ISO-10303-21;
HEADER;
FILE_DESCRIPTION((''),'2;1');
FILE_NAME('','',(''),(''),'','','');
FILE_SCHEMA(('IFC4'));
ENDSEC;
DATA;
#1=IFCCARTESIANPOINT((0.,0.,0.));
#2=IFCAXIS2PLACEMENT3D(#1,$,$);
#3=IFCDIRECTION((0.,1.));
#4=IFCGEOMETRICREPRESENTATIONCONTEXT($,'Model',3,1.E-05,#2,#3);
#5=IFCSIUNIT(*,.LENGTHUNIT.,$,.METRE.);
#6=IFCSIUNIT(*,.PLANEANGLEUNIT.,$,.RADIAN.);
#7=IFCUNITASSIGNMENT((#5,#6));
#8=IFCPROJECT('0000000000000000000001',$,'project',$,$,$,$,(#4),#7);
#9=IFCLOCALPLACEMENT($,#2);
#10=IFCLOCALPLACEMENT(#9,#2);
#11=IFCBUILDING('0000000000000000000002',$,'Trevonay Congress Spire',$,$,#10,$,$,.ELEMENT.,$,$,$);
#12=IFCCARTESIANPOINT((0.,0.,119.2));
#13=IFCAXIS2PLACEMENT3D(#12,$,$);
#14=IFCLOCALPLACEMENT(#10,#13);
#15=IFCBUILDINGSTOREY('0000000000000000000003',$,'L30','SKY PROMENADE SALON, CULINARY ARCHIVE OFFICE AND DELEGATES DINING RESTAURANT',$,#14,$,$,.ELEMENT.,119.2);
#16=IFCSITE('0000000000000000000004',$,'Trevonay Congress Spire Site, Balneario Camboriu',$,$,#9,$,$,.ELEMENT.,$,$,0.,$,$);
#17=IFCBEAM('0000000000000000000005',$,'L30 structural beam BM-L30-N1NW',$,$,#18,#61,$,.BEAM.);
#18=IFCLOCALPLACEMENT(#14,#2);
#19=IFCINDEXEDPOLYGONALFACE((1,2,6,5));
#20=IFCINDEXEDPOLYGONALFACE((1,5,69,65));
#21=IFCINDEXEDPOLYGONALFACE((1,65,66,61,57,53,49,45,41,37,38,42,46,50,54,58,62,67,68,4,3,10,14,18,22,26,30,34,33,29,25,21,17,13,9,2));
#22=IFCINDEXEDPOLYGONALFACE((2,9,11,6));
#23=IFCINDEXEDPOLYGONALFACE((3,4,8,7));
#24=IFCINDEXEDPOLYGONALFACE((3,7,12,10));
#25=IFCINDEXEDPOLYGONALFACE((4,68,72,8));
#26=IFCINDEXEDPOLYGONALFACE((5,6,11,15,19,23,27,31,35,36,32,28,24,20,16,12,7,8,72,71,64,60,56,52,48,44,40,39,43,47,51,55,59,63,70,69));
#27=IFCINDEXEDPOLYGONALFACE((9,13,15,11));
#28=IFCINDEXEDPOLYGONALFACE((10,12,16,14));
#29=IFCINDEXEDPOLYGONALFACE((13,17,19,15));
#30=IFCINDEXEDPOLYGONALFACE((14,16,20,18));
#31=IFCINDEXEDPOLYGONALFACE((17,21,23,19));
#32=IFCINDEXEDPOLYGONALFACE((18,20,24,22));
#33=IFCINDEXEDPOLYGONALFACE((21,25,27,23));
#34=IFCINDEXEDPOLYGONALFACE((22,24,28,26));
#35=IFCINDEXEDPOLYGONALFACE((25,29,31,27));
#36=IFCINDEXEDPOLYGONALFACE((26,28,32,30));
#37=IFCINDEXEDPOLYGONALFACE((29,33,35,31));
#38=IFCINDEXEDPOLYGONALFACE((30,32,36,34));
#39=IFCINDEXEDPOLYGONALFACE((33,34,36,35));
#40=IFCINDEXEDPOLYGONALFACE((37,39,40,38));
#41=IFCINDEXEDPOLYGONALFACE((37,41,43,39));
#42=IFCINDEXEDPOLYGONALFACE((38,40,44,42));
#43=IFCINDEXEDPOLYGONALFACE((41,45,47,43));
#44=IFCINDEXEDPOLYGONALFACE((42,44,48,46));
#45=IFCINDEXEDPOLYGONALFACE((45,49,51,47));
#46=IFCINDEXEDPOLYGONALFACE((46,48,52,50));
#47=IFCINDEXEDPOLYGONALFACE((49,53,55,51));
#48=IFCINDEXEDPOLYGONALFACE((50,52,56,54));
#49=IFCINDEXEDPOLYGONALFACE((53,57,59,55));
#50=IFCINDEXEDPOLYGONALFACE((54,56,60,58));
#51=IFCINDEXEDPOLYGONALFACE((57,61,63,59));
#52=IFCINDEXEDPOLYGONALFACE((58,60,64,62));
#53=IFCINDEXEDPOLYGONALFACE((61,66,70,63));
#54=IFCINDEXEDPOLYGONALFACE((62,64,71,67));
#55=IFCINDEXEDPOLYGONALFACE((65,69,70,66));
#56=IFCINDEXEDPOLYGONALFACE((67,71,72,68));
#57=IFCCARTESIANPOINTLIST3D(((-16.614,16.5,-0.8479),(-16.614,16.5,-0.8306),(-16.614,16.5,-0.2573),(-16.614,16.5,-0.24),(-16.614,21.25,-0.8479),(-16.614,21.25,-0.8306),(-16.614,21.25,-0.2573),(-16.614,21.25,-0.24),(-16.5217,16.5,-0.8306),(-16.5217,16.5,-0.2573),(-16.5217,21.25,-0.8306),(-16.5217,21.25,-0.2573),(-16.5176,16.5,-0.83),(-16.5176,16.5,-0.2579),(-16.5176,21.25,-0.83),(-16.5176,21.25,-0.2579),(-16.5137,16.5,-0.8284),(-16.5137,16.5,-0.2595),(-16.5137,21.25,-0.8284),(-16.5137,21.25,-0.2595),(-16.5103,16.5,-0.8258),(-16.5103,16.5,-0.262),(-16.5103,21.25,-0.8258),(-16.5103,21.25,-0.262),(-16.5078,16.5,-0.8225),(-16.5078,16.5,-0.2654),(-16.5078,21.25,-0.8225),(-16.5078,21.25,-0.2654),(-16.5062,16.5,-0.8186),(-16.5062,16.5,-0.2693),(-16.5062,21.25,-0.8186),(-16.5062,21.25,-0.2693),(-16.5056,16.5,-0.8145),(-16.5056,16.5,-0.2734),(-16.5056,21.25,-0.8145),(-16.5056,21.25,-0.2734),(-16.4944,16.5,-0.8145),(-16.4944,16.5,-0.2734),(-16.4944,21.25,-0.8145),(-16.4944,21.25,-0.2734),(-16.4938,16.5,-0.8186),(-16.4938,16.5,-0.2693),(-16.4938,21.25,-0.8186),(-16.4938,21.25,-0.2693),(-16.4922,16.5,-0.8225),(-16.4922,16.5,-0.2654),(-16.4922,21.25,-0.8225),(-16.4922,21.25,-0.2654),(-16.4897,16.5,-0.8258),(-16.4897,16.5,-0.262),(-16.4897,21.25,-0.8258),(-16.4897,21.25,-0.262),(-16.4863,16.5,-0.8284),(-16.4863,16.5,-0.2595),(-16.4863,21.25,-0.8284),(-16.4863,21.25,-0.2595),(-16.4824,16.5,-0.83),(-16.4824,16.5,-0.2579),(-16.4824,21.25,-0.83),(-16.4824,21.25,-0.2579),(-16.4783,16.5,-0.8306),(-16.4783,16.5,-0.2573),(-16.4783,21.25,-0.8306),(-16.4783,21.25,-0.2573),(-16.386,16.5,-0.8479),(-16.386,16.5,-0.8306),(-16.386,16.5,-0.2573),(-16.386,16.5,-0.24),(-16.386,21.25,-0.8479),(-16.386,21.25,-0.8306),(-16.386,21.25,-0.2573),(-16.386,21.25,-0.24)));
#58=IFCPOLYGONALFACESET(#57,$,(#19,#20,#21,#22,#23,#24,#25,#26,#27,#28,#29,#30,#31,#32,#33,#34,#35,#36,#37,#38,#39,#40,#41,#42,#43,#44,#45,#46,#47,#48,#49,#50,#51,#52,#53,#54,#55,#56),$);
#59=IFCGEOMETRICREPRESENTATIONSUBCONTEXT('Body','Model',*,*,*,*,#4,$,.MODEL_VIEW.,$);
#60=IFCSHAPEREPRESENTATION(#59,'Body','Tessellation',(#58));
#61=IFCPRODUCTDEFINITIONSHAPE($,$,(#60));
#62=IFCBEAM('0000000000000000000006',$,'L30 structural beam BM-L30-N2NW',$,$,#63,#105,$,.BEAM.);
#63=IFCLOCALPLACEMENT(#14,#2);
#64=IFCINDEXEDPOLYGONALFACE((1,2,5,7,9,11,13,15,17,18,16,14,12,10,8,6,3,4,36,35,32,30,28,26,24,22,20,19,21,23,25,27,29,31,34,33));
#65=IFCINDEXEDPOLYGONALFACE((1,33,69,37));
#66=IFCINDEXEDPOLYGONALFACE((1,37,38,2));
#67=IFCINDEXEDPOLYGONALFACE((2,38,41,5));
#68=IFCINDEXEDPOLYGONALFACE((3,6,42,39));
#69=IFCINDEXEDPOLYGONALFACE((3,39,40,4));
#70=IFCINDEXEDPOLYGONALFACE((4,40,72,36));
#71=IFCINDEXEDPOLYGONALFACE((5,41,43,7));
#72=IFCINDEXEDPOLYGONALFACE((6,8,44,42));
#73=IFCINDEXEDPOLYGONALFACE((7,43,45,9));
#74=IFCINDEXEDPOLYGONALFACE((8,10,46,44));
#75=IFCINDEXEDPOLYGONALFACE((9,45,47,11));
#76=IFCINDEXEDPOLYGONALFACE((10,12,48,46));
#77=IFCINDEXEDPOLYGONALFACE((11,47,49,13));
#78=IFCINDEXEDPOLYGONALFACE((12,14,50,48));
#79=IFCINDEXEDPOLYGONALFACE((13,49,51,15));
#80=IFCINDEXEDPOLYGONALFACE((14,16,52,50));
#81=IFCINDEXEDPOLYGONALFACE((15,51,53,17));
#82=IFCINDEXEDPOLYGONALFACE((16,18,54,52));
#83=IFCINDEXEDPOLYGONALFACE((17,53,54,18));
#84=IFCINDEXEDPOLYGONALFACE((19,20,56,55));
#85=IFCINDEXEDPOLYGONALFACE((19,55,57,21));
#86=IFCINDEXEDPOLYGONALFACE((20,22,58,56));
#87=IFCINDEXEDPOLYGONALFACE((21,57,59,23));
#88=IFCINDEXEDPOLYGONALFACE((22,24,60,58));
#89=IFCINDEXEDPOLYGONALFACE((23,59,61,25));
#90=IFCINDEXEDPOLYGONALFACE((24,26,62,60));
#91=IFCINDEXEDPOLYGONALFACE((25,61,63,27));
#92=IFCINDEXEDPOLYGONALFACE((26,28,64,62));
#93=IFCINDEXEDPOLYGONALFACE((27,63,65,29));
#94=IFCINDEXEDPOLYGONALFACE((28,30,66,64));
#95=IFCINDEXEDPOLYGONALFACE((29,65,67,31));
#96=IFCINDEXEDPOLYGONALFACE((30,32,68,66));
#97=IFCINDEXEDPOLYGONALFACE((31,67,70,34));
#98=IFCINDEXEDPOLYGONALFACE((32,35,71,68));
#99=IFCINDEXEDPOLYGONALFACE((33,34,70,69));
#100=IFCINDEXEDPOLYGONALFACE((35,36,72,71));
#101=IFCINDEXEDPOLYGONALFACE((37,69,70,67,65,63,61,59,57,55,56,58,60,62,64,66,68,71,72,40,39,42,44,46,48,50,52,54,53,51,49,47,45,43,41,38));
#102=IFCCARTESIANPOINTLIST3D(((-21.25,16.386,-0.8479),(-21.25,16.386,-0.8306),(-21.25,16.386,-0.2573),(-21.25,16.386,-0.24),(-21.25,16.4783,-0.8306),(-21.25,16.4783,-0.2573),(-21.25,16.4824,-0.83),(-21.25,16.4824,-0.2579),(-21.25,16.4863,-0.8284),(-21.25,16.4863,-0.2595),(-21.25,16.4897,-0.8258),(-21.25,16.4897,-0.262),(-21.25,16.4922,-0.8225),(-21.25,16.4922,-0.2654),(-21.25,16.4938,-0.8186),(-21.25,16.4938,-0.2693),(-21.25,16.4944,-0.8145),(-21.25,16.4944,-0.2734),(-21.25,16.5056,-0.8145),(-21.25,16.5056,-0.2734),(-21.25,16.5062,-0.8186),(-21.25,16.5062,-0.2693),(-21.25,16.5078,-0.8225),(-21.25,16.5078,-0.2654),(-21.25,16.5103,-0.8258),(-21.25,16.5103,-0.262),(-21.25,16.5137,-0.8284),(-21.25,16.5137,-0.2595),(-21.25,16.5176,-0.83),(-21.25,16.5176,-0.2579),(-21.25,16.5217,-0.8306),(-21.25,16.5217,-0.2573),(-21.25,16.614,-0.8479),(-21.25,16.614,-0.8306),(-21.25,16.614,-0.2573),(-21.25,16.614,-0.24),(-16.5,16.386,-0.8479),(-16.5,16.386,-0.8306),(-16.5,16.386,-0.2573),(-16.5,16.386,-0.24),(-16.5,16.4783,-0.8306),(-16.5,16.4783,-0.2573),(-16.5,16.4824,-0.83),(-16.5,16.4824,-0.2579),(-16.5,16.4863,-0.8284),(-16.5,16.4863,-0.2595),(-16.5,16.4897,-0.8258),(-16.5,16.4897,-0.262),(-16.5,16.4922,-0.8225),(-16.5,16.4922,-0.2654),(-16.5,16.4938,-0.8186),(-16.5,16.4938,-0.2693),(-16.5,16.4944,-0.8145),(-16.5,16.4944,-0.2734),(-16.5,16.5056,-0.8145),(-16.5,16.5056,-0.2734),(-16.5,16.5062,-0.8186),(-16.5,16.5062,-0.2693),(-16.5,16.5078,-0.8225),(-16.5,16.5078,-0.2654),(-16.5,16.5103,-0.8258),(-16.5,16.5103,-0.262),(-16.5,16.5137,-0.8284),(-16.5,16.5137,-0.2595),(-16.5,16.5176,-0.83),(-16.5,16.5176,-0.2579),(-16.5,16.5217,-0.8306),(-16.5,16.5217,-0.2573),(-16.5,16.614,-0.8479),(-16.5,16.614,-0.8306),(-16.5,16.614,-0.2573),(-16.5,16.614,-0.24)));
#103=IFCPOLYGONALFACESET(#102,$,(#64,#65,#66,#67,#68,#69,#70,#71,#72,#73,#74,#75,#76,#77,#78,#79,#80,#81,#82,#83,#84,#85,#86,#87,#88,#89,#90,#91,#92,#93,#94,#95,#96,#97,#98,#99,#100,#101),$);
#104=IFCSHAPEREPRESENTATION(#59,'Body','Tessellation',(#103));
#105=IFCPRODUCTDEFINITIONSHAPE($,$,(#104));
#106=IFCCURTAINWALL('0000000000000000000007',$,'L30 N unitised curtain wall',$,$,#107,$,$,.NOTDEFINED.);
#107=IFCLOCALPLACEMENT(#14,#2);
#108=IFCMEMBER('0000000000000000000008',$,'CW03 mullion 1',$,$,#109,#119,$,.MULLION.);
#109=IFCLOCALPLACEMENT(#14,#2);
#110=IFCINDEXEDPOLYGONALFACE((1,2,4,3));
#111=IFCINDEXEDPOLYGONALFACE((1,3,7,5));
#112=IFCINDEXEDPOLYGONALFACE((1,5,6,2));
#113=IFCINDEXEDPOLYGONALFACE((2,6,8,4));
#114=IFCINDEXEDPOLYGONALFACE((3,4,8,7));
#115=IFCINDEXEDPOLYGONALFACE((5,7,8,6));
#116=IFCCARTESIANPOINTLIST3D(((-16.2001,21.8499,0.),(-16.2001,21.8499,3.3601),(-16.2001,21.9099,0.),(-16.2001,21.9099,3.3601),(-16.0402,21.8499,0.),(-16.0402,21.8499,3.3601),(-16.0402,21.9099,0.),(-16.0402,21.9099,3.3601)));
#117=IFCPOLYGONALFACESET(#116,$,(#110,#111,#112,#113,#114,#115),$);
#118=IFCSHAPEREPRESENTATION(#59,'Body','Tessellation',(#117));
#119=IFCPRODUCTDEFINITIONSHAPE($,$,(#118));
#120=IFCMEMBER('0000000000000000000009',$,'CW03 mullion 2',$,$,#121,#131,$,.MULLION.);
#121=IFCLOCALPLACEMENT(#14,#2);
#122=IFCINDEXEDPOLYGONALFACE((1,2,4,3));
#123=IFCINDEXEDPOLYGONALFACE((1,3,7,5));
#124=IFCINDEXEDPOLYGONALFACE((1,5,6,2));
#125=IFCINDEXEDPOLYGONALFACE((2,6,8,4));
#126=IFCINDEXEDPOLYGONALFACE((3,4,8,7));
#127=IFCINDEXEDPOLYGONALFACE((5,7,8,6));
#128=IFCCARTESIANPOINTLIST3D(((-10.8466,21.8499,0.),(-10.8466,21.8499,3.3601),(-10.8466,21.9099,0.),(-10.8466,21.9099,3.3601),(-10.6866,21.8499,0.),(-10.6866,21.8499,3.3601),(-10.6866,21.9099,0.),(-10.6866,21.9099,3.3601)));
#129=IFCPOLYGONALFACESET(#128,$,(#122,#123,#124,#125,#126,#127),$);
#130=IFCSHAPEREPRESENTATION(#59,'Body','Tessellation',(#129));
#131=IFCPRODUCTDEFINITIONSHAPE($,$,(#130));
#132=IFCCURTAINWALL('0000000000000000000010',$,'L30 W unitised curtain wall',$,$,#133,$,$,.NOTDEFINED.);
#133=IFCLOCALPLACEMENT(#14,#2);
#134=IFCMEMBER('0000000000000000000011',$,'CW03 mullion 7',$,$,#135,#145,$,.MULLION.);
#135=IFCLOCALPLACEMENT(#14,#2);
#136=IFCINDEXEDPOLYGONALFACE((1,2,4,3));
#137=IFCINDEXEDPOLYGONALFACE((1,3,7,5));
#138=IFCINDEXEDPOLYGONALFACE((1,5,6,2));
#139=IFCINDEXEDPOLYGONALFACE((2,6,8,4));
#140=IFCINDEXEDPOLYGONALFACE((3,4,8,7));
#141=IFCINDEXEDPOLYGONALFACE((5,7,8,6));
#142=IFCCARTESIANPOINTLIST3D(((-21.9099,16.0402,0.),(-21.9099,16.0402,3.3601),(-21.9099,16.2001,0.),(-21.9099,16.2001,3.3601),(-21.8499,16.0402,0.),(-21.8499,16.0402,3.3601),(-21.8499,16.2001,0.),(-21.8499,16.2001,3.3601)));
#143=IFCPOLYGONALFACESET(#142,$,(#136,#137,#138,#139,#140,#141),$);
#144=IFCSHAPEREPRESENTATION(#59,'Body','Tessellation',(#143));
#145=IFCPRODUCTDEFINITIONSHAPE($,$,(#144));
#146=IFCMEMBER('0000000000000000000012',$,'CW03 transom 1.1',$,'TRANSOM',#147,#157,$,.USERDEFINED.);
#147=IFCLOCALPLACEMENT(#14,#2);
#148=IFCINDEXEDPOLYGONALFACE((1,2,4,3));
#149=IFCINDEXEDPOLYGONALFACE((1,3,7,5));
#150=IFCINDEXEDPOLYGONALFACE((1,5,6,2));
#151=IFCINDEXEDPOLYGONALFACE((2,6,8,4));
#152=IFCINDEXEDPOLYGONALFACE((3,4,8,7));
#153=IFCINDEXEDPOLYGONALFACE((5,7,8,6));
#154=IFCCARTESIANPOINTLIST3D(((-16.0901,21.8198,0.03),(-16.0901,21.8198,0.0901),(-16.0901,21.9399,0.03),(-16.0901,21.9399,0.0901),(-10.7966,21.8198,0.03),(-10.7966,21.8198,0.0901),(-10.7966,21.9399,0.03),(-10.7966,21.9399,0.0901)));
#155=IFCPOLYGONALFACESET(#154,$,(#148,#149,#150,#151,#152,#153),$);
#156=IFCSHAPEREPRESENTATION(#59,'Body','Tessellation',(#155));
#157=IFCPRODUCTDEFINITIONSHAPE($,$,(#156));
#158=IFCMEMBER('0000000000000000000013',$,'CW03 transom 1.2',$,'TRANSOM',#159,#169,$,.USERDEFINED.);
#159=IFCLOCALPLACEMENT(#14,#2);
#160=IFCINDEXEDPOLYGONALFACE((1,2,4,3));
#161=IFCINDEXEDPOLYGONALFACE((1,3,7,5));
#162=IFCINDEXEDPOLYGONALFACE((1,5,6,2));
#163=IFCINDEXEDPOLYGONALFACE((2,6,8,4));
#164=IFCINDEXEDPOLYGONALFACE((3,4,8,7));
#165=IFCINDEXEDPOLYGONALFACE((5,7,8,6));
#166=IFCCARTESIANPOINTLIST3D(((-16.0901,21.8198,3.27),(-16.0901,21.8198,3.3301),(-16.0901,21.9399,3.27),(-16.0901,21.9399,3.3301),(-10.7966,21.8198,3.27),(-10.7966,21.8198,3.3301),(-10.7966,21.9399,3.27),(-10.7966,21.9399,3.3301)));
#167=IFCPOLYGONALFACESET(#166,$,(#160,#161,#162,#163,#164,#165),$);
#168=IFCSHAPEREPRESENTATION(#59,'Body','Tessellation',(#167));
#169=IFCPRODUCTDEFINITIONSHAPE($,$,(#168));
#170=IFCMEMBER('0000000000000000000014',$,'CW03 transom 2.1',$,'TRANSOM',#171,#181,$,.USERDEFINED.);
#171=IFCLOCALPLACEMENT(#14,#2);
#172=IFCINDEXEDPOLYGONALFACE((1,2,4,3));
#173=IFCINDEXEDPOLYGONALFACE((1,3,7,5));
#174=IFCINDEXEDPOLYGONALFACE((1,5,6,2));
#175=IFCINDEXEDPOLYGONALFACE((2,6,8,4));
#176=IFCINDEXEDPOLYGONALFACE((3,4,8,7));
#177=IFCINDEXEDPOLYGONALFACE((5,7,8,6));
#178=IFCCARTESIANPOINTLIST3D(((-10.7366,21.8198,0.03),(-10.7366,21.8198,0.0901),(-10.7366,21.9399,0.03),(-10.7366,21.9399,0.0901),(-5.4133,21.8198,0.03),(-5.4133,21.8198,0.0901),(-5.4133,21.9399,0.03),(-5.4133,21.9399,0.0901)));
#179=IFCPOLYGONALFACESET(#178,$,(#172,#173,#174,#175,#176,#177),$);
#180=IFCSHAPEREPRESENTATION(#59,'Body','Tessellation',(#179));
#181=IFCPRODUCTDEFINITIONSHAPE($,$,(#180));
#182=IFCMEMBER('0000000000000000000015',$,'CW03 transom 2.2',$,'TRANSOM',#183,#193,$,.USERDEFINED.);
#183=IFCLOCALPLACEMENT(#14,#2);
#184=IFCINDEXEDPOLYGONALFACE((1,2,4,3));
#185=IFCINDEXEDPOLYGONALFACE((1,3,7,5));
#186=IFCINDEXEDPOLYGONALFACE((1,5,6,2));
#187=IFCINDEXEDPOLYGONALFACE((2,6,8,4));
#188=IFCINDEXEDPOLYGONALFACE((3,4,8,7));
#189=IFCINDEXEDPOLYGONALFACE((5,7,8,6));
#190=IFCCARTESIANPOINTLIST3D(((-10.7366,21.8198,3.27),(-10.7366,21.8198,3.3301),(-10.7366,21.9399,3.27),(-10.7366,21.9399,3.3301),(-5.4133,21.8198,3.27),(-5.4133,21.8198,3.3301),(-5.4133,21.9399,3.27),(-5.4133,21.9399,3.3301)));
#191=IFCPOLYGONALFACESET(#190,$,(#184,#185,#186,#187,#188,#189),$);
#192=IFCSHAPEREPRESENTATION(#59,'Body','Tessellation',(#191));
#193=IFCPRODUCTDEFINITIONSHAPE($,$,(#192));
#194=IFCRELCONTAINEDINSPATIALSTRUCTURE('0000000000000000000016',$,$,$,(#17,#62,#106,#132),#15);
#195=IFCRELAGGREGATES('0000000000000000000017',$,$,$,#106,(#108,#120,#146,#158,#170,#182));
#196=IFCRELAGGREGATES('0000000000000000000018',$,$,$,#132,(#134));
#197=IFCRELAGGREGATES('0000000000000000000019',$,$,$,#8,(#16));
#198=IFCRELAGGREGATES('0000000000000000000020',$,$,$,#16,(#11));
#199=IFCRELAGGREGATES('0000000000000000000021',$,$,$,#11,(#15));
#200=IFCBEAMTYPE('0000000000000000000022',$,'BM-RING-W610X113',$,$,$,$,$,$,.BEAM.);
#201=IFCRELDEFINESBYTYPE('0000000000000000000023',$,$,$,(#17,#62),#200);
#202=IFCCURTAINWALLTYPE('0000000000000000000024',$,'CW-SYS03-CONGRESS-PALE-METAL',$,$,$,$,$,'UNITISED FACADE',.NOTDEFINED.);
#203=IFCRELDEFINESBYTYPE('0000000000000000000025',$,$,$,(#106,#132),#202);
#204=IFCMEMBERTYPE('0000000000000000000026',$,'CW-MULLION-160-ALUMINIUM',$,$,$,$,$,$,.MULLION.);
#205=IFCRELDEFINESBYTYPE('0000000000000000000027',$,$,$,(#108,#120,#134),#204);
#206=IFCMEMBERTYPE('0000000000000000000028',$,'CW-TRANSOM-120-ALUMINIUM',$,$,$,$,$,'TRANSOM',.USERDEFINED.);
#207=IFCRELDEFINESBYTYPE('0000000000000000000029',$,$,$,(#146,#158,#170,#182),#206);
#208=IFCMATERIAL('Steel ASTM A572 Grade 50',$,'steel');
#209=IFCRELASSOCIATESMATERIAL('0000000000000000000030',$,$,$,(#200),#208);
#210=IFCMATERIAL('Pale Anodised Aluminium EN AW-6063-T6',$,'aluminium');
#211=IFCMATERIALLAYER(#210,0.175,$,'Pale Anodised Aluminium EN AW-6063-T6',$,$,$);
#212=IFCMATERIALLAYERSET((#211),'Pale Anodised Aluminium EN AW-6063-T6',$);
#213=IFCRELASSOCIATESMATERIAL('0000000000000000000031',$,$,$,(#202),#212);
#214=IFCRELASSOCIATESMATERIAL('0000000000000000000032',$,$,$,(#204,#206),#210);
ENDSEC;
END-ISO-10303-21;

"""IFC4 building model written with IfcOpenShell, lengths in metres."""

from ifc_helpers import new_model, si_unit, direction, frame, origin, origin_2d, place, context, subcontext, project, spatial, rectangle, i_section, extrude, material, layer, layer_set, material_profile, profile_set, type_object, element, aggregate, save


model = new_model("IFC4")

# Units and contexts
model_context = context("Model", 3, precision=1e-05, world=origin(), true_north=direction((0.0, 1.0)))
body_context = subcontext(model_context, "Body", "Model", "MODEL_VIEW")
ifc_project = project(units=[si_unit("LENGTHUNIT", "METRE"), si_unit("PLANEANGLEUNIT", "RADIAN")], contexts=[model_context])

# Site, building, storey
site_placement = place(None, origin())
site = spatial("IfcSite", under=ifc_project, at=site_placement, Name="Trevonay Congress Spire Site, Balneario Camboriu", CompositionType="ELEMENT", RefElevation=0.0)
building_placement = place(site_placement, origin())
building = spatial("IfcBuilding", under=site, at=building_placement, Name="Trevonay Congress Spire", CompositionType="ELEMENT")
storey_placement = place(building_placement, frame((0.0, 0.0, 119.2)))
storey = spatial("IfcBuildingStorey", under=building, at=storey_placement, Name="L30", Description="SKY PROMENADE SALON, CULINARY ARCHIVE OFFICE AND DELEGATES DINING RESTAURANT", CompositionType="ELEMENT", Elevation=119.2)

# Shared definitions
ifc_material_1 = material(Name="Steel ASTM A572 Grade 50", Category="steel")

# Beams
ifc_material_profile_1 = material_profile(ifc_material_1, i_section(OverallWidth=0.228, OverallDepth=0.6079, WebThickness=0.0112, FlangeThickness=0.0173, FilletRadius=0.0161, at=origin_2d()), Name="W610x113")
ifc_profile_set_1 = profile_set([ifc_material_profile_1], Name="Steel ASTM A572 Grade 50")
beam_type = type_object("IfcBeamType", Name="BM-RING-W610X113", PredefinedType="BEAM", material=ifc_profile_set_1)
for number, where, z_axis, x_axis, name in (
    (1, (-16.5, 21.25, -0.5439), (0.0, -1.0, 0.0), (1.0, 0.0, 0.0), "L30 structural beam BM-L30-N1NW"),
    (2, (-21.25, 16.5, -0.5439), (1.0, 0.0, 0.0), (0.0, 1.0, 0.0), "L30 structural beam BM-L30-N2NW"),
):
    element("IfcBeam", number, at=place(storey_placement, frame(where, z_axis=z_axis, x_axis=x_axis)), inside=storey, type_object=beam_type, Name=name, PredefinedType="BEAM", context=body_context, shape_type="SweptSolid", body=[
        extrude(i_section(OverallWidth=0.228, OverallDepth=0.6079, WebThickness=0.0112, FlangeThickness=0.0173, FilletRadius=0.0161, at=origin_2d()), origin(), (0.0, 0.0, 1.0), 4.75),
    ])

# Curtain wall, members
ifc_material_2 = material(Name="Pale Anodised Aluminium EN AW-6063-T6", Category="aluminium")
ifc_layer_1 = layer(ifc_material_2, 0.175, Name="Pale Anodised Aluminium EN AW-6063-T6")
ifc_layer_set_1 = layer_set([ifc_layer_1], Name="Pale Anodised Aluminium EN AW-6063-T6")
curtain_wall_type = type_object("IfcCurtainWallType", Name="CW-SYS03-CONGRESS-PALE-METAL", ElementType="UNITISED FACADE", PredefinedType="NOTDEFINED", material=ifc_layer_set_1)
curtain_wall_1_placement = place(storey_placement, origin())
curtain_wall_1 = element("IfcCurtainWall", 3, at=curtain_wall_1_placement, inside=storey, type_object=curtain_wall_type, Name="L30 N unitised curtain wall", PredefinedType="NOTDEFINED")
ifc_material_profile_2 = material_profile(ifc_material_2, rectangle(XDim=0.0601, YDim=0.1599, at=origin_2d()), Name="CW-MULLION-160-ALUMINIUM")
ifc_profile_set_2 = profile_set([ifc_material_profile_2], Name="Pale Anodised Aluminium EN AW-6063-T6")
member_type_1 = type_object("IfcMemberType", Name="CW-MULLION-160-ALUMINIUM", PredefinedType="MULLION", material=ifc_profile_set_2)
member_1_placement = place(storey_placement, frame((-16.1201, 21.8799, 0.0), z_axis=(0.0, 0.0, 1.0), x_axis=(0.0, 1.0, 0.0)))
member_1 = element("IfcMember", 4, at=member_1_placement, type_object=member_type_1, Name="CW03 mullion 1", PredefinedType="MULLION", context=body_context, shape_type="SweptSolid", body=[
    extrude(rectangle(XDim=0.0601, YDim=0.1599, at=origin_2d()), origin(), (0.0, 0.0, 1.0), 3.3601),
])
member_2_placement = place(storey_placement, frame((-10.7666, 21.8799, 0.0), z_axis=(0.0, 0.0, 1.0), x_axis=(0.0, 1.0, 0.0)))
member_2 = element("IfcMember", 5, at=member_2_placement, type_object=member_type_1, Name="CW03 mullion 2", PredefinedType="MULLION", context=body_context, shape_type="SweptSolid", body=[
    extrude(rectangle(XDim=0.0601, YDim=0.1599, at=origin_2d()), origin(), (0.0, 0.0, 1.0), 3.3601),
])

# Curtain wall, member
curtain_wall_2_placement = place(storey_placement, origin())
curtain_wall_2 = element("IfcCurtainWall", 6, at=curtain_wall_2_placement, inside=storey, type_object=curtain_wall_type, Name="L30 W unitised curtain wall", PredefinedType="NOTDEFINED")
member_3_placement = place(storey_placement, frame((-21.8799, 16.1201, 0.0), z_axis=(0.0, 0.0, 1.0), x_axis=(-1.0, 0.0, 0.0)))
member_3 = element("IfcMember", 7, at=member_3_placement, type_object=member_type_1, Name="CW03 mullion 7", PredefinedType="MULLION", context=body_context, shape_type="SweptSolid", body=[
    extrude(rectangle(XDim=0.0601, YDim=0.1599, at=origin_2d()), origin(), (0.0, 0.0, 1.0), 3.3601),
])

# Members
ifc_material_profile_3 = material_profile(ifc_material_2, rectangle(XDim=0.1201, YDim=0.0601, at=origin_2d()), Name="CW-TRANSOM-120-ALUMINIUM")
ifc_profile_set_3 = profile_set([ifc_material_profile_3], Name="Pale Anodised Aluminium EN AW-6063-T6")
member_type_2 = type_object("IfcMemberType", Name="CW-TRANSOM-120-ALUMINIUM", ElementType="TRANSOM", PredefinedType="USERDEFINED", material=ifc_profile_set_3)
member_4_placement = place(storey_placement, frame((-16.0901, 21.8799, 0.0601), z_axis=(1.0, 0.0, 0.0), x_axis=(0.0, 1.0, 0.0)))
member_4 = element("IfcMember", 8, at=member_4_placement, type_object=member_type_2, Name="CW03 transom 1.1", ObjectType="TRANSOM", PredefinedType="USERDEFINED", context=body_context, shape_type="SweptSolid", body=[
    extrude(rectangle(XDim=0.1201, YDim=0.0601, at=origin_2d()), origin(), (0.0, 0.0, 1.0), 5.2935),
])
member_5_placement = place(storey_placement, frame((-16.0901, 21.8799, 3.3), z_axis=(1.0, 0.0, 0.0), x_axis=(0.0, 1.0, 0.0)))
member_5 = element("IfcMember", 9, at=member_5_placement, type_object=member_type_2, Name="CW03 transom 1.2", ObjectType="TRANSOM", PredefinedType="USERDEFINED", context=body_context, shape_type="SweptSolid", body=[
    extrude(rectangle(XDim=0.1201, YDim=0.0601, at=origin_2d()), origin(), (0.0, 0.0, 1.0), 5.2935),
])
member_6_placement = place(storey_placement, frame((-10.7366, 21.8799, 0.0601), z_axis=(1.0, 0.0, 0.0), x_axis=(0.0, 1.0, 0.0)))
member_6 = element("IfcMember", 10, at=member_6_placement, type_object=member_type_2, Name="CW03 transom 2.1", ObjectType="TRANSOM", PredefinedType="USERDEFINED", context=body_context, shape_type="SweptSolid", body=[
    extrude(rectangle(XDim=0.1201, YDim=0.0601, at=origin_2d()), origin(), (0.0, 0.0, 1.0), 5.3232),
])
member_7_placement = place(storey_placement, frame((-10.7366, 21.8799, 3.3), z_axis=(1.0, 0.0, 0.0), x_axis=(0.0, 1.0, 0.0)))
member_7 = element("IfcMember", 11, at=member_7_placement, type_object=member_type_2, Name="CW03 transom 2.2", ObjectType="TRANSOM", PredefinedType="USERDEFINED", context=body_context, shape_type="SweptSolid", body=[
    extrude(rectangle(XDim=0.1201, YDim=0.0601, at=origin_2d()), origin(), (0.0, 0.0, 1.0), 5.3232),
])

aggregate(curtain_wall_1, [member_1, member_2, member_4, member_5, member_6, member_7])
aggregate(curtain_wall_2, [member_3])

save(model, "model.ifc")
